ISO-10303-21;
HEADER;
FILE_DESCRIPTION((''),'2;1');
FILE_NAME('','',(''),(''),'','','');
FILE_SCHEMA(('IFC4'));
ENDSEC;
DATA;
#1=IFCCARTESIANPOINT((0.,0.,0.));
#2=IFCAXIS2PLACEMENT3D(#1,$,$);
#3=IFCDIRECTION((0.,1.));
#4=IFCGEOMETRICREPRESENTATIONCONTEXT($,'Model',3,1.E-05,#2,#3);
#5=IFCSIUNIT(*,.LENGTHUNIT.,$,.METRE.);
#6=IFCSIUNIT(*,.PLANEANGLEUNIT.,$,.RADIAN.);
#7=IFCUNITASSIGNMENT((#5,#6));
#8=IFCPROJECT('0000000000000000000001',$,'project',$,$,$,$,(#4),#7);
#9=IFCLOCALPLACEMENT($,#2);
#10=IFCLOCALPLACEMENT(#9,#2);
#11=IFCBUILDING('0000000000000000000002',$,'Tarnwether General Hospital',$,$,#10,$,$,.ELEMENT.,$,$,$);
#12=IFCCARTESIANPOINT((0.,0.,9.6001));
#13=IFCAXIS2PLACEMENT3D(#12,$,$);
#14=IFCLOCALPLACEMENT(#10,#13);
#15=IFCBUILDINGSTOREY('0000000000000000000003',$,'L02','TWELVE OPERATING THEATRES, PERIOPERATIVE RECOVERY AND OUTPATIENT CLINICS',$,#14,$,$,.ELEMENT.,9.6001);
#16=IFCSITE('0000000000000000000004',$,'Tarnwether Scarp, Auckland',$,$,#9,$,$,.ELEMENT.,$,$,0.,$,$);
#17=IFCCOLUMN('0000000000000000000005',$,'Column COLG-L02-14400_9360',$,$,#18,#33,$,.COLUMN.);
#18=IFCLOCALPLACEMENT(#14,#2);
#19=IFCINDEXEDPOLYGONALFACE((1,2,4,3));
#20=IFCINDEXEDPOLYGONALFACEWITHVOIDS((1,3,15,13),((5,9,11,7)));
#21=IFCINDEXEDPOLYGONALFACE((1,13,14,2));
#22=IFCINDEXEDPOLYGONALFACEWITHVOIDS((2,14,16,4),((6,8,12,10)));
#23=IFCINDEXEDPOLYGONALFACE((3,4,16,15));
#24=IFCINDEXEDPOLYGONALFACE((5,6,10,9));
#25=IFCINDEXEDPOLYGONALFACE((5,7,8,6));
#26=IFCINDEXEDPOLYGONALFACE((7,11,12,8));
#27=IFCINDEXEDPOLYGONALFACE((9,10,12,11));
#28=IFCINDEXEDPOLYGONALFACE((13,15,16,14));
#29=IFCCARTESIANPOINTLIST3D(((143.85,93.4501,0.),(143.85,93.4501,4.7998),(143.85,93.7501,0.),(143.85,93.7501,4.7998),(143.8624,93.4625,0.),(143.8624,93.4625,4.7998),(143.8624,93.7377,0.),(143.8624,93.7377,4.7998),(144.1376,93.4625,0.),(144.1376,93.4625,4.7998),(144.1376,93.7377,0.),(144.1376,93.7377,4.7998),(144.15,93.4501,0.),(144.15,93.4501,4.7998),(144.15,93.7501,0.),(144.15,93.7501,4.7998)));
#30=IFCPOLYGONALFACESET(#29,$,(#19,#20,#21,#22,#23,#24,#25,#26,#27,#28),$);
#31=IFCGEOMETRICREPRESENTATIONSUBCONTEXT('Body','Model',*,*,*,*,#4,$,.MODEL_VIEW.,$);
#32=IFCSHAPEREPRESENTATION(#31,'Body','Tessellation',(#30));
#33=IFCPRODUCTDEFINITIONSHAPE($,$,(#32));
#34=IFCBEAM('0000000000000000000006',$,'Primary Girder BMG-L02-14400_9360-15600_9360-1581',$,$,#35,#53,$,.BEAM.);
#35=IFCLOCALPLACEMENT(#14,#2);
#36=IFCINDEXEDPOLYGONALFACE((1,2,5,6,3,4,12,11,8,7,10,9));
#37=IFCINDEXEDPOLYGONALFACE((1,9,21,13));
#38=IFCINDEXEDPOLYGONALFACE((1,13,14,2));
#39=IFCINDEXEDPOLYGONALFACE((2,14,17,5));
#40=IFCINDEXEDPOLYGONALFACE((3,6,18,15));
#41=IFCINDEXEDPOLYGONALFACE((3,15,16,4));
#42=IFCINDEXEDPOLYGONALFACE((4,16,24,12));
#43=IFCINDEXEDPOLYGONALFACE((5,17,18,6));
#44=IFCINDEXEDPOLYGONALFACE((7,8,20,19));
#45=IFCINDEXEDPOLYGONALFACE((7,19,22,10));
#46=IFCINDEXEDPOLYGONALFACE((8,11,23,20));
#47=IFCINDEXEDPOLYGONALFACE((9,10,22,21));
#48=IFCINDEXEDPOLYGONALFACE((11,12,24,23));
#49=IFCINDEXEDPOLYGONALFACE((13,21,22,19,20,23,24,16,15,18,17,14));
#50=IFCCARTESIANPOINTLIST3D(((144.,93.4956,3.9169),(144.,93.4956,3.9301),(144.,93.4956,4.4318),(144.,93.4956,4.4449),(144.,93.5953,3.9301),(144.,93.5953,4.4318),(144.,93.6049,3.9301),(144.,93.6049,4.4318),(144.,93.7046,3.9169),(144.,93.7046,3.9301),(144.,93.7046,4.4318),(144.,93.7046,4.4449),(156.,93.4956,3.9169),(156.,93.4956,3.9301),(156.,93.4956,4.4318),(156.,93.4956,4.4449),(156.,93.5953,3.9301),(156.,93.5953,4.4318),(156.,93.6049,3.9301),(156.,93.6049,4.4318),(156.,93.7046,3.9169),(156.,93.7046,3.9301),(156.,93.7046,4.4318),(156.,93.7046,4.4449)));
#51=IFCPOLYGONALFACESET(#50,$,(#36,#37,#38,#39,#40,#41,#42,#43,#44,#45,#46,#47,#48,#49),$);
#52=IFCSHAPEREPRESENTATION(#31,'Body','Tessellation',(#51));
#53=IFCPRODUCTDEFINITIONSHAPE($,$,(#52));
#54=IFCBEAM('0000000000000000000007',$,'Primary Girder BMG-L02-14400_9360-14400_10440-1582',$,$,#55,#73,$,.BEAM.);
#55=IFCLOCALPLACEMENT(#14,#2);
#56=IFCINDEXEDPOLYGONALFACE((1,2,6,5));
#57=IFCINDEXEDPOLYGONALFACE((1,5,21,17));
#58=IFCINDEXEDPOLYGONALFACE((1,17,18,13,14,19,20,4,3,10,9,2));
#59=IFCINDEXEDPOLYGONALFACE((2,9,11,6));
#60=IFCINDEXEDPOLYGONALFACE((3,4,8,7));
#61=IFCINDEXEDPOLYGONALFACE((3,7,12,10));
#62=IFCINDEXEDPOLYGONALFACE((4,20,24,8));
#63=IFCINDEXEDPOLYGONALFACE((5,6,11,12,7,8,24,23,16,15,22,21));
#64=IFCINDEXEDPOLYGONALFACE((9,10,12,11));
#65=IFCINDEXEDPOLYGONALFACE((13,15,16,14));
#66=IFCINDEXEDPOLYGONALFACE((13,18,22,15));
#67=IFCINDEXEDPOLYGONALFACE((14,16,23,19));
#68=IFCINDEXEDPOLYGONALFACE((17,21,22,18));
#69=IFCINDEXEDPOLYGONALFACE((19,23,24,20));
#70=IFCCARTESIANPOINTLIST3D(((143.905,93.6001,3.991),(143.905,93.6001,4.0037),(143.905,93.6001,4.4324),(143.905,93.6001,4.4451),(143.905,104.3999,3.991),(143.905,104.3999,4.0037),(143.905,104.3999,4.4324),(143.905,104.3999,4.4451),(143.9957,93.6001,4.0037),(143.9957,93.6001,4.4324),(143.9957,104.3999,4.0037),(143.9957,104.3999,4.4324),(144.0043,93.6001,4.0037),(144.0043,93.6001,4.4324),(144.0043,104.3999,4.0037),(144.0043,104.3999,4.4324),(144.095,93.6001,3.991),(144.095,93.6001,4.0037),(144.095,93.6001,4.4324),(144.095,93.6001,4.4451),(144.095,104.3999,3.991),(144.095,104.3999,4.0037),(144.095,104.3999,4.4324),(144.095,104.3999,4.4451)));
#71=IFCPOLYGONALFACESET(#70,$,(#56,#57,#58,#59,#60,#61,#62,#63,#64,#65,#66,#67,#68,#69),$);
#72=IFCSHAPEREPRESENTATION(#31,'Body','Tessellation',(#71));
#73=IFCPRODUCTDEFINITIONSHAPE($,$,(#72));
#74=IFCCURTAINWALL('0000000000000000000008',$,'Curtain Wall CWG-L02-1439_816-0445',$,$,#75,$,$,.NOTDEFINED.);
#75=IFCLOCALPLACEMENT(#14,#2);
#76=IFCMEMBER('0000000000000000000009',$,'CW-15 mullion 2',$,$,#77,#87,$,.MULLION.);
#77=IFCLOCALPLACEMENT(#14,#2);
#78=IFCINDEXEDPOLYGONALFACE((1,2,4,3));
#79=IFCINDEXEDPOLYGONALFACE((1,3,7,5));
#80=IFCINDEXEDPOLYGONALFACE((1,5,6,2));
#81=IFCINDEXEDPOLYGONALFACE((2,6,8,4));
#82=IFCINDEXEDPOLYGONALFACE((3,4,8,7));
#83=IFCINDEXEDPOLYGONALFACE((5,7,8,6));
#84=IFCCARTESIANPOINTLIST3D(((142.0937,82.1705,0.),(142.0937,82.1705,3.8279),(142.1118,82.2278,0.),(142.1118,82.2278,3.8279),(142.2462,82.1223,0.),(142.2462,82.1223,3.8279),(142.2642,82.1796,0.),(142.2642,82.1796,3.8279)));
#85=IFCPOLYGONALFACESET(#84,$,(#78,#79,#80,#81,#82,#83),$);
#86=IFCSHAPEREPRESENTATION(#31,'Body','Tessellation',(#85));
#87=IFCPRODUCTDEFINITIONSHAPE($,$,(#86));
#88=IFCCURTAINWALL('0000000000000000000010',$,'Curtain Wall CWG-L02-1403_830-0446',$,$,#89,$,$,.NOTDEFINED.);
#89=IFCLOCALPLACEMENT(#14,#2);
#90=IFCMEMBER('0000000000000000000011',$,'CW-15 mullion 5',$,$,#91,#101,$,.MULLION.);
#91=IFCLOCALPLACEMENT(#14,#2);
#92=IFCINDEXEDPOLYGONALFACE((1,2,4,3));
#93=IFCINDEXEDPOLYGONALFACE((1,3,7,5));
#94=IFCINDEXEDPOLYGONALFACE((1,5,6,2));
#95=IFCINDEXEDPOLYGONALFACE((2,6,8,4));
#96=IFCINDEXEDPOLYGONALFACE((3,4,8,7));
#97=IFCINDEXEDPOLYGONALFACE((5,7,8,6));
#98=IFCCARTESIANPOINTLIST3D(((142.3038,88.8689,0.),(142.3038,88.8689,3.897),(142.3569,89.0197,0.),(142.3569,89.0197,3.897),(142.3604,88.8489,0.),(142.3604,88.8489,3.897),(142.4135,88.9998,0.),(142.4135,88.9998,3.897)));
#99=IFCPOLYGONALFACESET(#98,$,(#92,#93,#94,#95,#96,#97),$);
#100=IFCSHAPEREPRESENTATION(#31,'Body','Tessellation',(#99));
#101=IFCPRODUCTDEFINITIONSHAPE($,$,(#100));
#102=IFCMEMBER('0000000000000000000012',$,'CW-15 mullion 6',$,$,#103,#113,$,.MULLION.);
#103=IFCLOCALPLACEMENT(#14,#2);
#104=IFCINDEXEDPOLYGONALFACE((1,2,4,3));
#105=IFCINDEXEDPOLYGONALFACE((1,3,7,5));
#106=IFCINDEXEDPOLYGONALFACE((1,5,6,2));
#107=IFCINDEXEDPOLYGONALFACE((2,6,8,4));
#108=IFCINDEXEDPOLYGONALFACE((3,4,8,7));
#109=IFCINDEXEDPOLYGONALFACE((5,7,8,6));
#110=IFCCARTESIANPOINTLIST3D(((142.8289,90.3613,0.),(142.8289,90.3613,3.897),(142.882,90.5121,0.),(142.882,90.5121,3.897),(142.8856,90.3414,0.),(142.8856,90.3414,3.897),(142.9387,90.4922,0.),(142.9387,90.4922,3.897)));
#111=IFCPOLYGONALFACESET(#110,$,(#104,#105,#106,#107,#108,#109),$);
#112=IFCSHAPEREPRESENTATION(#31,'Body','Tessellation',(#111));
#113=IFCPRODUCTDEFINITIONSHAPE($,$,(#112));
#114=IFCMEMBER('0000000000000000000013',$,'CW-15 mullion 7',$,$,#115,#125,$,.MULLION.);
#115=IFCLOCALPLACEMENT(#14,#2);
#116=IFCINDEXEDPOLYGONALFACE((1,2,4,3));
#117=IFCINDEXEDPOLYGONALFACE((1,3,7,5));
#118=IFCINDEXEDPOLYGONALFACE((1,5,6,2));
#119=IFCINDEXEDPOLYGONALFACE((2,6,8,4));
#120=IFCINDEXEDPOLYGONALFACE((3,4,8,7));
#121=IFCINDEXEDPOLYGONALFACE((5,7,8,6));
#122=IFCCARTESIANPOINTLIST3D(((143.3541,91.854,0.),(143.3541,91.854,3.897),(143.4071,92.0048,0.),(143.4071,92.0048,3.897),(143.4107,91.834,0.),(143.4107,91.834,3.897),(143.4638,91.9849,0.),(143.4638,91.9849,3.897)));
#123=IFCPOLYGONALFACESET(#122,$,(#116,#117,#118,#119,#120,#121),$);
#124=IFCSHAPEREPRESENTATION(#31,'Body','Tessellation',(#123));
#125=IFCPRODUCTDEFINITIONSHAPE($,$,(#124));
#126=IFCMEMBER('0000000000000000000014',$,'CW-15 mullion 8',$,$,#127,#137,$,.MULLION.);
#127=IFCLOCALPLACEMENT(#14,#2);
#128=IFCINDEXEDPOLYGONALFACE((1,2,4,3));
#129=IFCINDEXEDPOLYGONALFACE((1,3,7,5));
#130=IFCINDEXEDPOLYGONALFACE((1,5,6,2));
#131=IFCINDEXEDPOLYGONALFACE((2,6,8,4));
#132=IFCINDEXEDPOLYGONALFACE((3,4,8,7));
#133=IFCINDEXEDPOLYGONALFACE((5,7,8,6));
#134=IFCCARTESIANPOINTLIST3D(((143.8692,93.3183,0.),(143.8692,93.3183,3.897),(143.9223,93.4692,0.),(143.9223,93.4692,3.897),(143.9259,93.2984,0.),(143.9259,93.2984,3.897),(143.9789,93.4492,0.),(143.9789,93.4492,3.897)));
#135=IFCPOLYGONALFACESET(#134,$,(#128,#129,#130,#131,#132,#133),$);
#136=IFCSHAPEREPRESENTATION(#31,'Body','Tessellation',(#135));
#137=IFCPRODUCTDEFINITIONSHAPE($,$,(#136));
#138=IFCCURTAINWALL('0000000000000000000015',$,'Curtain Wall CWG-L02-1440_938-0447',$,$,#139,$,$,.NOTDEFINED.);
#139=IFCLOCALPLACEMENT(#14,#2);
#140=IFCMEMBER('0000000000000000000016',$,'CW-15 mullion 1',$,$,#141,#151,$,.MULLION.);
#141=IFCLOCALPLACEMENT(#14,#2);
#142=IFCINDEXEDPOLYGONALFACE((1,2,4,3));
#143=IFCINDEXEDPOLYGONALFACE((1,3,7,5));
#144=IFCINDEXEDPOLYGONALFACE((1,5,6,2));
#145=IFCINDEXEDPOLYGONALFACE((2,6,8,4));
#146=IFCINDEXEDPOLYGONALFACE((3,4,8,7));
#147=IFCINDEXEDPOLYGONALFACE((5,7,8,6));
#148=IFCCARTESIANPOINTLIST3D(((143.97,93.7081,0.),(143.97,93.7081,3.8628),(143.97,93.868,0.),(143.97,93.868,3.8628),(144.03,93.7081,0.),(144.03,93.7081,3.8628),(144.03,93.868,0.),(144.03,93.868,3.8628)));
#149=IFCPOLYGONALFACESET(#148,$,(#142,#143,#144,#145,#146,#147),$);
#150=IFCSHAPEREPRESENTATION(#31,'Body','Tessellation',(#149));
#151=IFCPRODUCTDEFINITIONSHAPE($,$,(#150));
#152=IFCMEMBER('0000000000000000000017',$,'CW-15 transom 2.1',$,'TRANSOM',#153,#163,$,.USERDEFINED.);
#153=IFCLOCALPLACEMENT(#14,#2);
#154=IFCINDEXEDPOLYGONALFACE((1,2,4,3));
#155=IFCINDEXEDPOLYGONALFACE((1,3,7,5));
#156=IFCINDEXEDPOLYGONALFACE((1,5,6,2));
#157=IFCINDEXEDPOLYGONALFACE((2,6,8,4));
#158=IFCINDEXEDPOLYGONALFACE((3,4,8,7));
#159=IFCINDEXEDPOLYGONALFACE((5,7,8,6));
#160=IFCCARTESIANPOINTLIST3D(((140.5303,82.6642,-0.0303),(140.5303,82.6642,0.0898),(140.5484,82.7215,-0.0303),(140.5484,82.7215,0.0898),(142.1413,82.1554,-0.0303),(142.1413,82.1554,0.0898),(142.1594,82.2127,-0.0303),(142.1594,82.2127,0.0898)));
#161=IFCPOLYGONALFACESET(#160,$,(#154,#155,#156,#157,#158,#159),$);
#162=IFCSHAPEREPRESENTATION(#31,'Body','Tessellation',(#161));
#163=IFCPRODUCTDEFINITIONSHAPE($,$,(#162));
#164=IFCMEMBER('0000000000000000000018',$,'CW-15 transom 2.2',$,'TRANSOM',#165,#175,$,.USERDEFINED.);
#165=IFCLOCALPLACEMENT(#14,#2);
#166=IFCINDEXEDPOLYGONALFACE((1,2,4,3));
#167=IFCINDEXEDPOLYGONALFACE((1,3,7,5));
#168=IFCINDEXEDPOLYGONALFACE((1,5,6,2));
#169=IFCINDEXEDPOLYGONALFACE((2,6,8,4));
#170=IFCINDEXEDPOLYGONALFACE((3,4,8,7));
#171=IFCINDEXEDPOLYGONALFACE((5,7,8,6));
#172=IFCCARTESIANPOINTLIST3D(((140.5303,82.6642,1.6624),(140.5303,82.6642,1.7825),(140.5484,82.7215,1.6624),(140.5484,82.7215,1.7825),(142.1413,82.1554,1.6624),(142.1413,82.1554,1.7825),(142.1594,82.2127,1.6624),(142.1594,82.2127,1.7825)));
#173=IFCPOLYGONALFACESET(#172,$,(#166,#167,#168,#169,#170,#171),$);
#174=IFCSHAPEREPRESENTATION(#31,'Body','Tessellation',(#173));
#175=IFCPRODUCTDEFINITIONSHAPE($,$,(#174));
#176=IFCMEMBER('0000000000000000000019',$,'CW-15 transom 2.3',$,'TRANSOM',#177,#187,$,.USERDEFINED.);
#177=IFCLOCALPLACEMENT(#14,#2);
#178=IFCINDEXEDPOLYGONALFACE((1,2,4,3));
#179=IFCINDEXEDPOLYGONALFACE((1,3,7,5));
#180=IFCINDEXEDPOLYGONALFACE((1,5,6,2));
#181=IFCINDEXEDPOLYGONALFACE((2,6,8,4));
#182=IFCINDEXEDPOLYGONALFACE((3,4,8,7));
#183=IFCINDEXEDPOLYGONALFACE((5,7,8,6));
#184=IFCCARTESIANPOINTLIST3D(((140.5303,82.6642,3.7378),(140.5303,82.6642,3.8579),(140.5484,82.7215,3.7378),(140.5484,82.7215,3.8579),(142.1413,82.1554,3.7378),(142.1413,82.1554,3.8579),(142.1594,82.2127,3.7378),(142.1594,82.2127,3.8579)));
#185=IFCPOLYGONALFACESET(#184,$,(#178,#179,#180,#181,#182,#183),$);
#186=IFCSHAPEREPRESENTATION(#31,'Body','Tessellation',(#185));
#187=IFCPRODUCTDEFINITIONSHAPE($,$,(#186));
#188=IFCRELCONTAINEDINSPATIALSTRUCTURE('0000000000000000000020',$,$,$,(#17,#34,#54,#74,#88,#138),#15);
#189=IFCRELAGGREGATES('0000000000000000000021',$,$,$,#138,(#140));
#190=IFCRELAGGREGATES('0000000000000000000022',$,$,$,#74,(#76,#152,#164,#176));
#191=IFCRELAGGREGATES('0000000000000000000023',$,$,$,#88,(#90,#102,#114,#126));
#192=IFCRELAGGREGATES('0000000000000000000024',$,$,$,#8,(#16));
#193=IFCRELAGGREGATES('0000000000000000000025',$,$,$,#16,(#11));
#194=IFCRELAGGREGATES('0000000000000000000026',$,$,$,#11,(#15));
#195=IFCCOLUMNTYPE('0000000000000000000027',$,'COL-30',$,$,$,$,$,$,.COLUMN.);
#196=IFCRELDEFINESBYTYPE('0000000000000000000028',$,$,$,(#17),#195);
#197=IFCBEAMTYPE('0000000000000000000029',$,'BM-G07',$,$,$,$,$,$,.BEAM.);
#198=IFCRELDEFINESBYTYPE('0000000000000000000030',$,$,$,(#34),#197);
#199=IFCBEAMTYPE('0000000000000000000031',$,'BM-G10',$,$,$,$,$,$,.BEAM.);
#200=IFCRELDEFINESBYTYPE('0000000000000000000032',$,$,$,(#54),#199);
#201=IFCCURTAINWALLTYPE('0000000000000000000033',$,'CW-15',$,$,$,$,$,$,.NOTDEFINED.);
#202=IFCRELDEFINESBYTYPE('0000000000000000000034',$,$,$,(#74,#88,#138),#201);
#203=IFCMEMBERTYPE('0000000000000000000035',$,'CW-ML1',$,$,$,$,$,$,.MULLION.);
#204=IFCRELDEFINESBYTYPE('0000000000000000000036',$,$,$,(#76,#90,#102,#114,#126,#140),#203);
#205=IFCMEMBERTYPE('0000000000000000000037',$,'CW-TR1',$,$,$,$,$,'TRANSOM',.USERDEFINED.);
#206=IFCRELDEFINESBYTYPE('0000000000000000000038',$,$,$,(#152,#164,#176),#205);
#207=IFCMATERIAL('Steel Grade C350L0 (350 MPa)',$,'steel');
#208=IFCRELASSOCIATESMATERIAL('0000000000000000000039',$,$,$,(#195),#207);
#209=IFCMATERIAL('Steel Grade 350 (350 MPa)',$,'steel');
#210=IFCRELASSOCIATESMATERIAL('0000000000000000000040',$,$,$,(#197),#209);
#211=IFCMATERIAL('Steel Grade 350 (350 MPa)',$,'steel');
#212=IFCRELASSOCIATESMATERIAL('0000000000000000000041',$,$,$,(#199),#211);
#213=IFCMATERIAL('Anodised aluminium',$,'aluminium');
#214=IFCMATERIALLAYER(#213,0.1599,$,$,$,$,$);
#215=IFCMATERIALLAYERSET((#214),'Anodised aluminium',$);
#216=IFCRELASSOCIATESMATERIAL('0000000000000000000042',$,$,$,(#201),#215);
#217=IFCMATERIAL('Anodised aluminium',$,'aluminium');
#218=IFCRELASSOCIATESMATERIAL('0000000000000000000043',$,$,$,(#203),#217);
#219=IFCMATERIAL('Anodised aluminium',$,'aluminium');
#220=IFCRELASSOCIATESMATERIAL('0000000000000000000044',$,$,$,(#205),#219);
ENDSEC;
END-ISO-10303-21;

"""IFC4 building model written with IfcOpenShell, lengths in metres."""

from ifc_helpers import new_model, si_unit, direction, frame, origin, origin_2d, place, context, subcontext, project, spatial, rectangle, hollow_rectangle, i_section, extrude, material, layer, layer_set, material_profile, profile_set, type_object, element, aggregate, save


model = new_model("IFC4")

# Units and contexts
model_context = context("Model", 3, precision=1e-05, world=origin(), true_north=direction((0.0, 1.0)))
body_context = subcontext(model_context, "Body", "Model", "MODEL_VIEW")
ifc_project = project(units=[si_unit("LENGTHUNIT", "METRE"), si_unit("PLANEANGLEUNIT", "RADIAN")], contexts=[model_context])

# Site, building, storey
site_placement = place(None, origin())
site = spatial("IfcSite", under=ifc_project, at=site_placement, Name="Tarnwether Scarp, Auckland", CompositionType="ELEMENT", RefElevation=0.0)
building_placement = place(site_placement, origin())
building = spatial("IfcBuilding", under=site, at=building_placement, Name="Tarnwether General Hospital", CompositionType="ELEMENT")
storey_placement = place(building_placement, frame((0.0, 0.0, 9.6001)))
storey = spatial("IfcBuildingStorey", under=building, at=storey_placement, Name="L02", Description="TWELVE OPERATING THEATRES, PERIOPERATIVE RECOVERY AND OUTPATIENT CLINICS", CompositionType="ELEMENT", Elevation=9.6001)

# Column
ifc_material_1 = material(Name="Steel Grade C350L0 (350 MPa)", Category="steel")
ifc_material_profile_1 = material_profile(ifc_material_1, hollow_rectangle(XDim=0.3, YDim=0.3, WallThickness=0.0125, at=origin_2d()), Name="SHS300x300x12.5")
ifc_profile_set_1 = profile_set([ifc_material_profile_1], Name="Steel Grade C350L0 (350 MPa)")
column_type = type_object("IfcColumnType", Name="COL-30", PredefinedType="COLUMN", material=ifc_profile_set_1)
column_placement = place(storey_placement, frame((144.0, 93.6001, 0.0), z_axis=(0.0, 0.0, 1.0), x_axis=(1.0, 0.0, 0.0)))
element("IfcColumn", 1, at=column_placement, inside=storey, type_object=column_type, Name="Column COLG-L02-14400_9360", PredefinedType="COLUMN", context=body_context, shape_type="SweptSolid", body=[
    extrude(hollow_rectangle(XDim=0.3, YDim=0.3, WallThickness=0.0125, at=origin_2d()), origin(), (0.0, 0.0, 1.0), 4.7998),
])

# Beams
ifc_material_2 = material(Name="Steel Grade 350 (350 MPa)", Category="steel")
ifc_material_profile_2 = material_profile(ifc_material_2, i_section(OverallWidth=0.209, OverallDepth=0.5281, WebThickness=0.0095, FlangeThickness=0.0132, at=origin_2d()), Name="530UB82.0")
ifc_profile_set_2 = profile_set([ifc_material_profile_2], Name="Steel Grade 350 (350 MPa)")
beam_type_1 = type_object("IfcBeamType", Name="BM-G07", PredefinedType="BEAM", material=ifc_profile_set_2)
beam_1_placement = place(storey_placement, frame((144.0, 93.6001, 4.1809), z_axis=(1.0, 0.0, 0.0), x_axis=(0.0, 1.0, 0.0)))
element("IfcBeam", 2, at=beam_1_placement, inside=storey, type_object=beam_type_1, Name="Primary Girder BMG-L02-14400_9360-15600_9360-1581", PredefinedType="BEAM", context=body_context, shape_type="SweptSolid", body=[
    extrude(i_section(OverallWidth=0.209, OverallDepth=0.5281, WebThickness=0.0095, FlangeThickness=0.0132, at=origin_2d()), origin(), (0.0, 0.0, 1.0), 12.0),
])
ifc_material_3 = material(Name="Steel Grade 350 (350 MPa)", Category="steel")
ifc_material_profile_3 = material_profile(ifc_material_3, i_section(OverallWidth=0.1899, OverallDepth=0.4541, WebThickness=0.0085, FlangeThickness=0.0127, at=origin_2d()), Name="460UB67.1")
ifc_profile_set_3 = profile_set([ifc_material_profile_3], Name="Steel Grade 350 (350 MPa)")
beam_type_2 = type_object("IfcBeamType", Name="BM-G10", PredefinedType="BEAM", material=ifc_profile_set_3)
beam_2_placement = place(storey_placement, frame((144.0, 93.6001, 4.218), z_axis=(0.0, 1.0, 0.0), x_axis=(-1.0, 0.0, 0.0)))
element("IfcBeam", 3, at=beam_2_placement, inside=storey, type_object=beam_type_2, Name="Primary Girder BMG-L02-14400_9360-14400_10440-1582", PredefinedType="BEAM", context=body_context, shape_type="SweptSolid", body=[
    extrude(i_section(OverallWidth=0.1899, OverallDepth=0.4541, WebThickness=0.0085, FlangeThickness=0.0127, at=origin_2d()), origin(), (0.0, 0.0, 1.0), 10.7998),
])

# Curtain wall, member
ifc_material_4 = material(Name="Anodised aluminium", Category="aluminium")
ifc_layer_1 = layer(ifc_material_4, 0.1599)
ifc_layer_set_1 = layer_set([ifc_layer_1], Name="Anodised aluminium")
curtain_wall_type = type_object("IfcCurtainWallType", Name="CW-15", PredefinedType="NOTDEFINED", material=ifc_layer_set_1)
curtain_wall_1_placement = place(storey_placement, origin())
curtain_wall_1 = element("IfcCurtainWall", 4, at=curtain_wall_1_placement, inside=storey, type_object=curtain_wall_type, Name="Curtain Wall CWG-L02-1439_816-0445", PredefinedType="NOTDEFINED")
ifc_material_5 = material(Name="Anodised aluminium", Category="aluminium")
ifc_material_profile_4 = material_profile(ifc_material_5, rectangle(XDim=0.0601, YDim=0.1599, at=origin_2d()), Name="ALU-MUL-60x160")
ifc_profile_set_4 = profile_set([ifc_material_profile_4], Name="Anodised aluminium")
member_type_1 = type_object("IfcMemberType", Name="CW-ML1", PredefinedType="MULLION", material=ifc_profile_set_4)
member_1_placement = place(storey_placement, frame((142.179, 82.175, 0.0), z_axis=(0.0, 0.0, 1.0), x_axis=(-0.301185, -0.953566, 0.0)))
member_1 = element("IfcMember", 5, at=member_1_placement, type_object=member_type_1, Name="CW-15 mullion 2", PredefinedType="MULLION", context=body_context, shape_type="SweptSolid", body=[
    extrude(rectangle(XDim=0.0601, YDim=0.1599, at=origin_2d()), origin(), (0.0, 0.0, 1.0), 3.8279),
])

# Curtain wall, members
curtain_wall_2_placement = place(storey_placement, origin())
curtain_wall_2 = element("IfcCurtainWall", 6, at=curtain_wall_2_placement, inside=storey, type_object=curtain_wall_type, Name="Curtain Wall CWG-L02-1403_830-0446", PredefinedType="NOTDEFINED")
member_2_placement = place(storey_placement, frame((142.3586, 88.9343, 0.0), z_axis=(0.0, 0.0, 1.0), x_axis=(-0.943317, 0.331894, 0.0)))
member_2 = element("IfcMember", 7, at=member_2_placement, type_object=member_type_1, Name="CW-15 mullion 5", PredefinedType="MULLION", context=body_context, shape_type="SweptSolid", body=[
    extrude(rectangle(XDim=0.0601, YDim=0.1599, at=origin_2d()), origin(), (0.0, 0.0, 1.0), 3.897),
])
member_3_placement = place(storey_placement, frame((142.8838, 90.4268, 0.0), z_axis=(0.0, 0.0, 1.0), x_axis=(-0.943317, 0.331894, 0.0)))
member_3 = element("IfcMember", 8, at=member_3_placement, type_object=member_type_1, Name="CW-15 mullion 6", PredefinedType="MULLION", context=body_context, shape_type="SweptSolid", body=[
    extrude(rectangle(XDim=0.0601, YDim=0.1599, at=origin_2d()), origin(), (0.0, 0.0, 1.0), 3.897),
])
member_4_placement = place(storey_placement, frame((143.4089, 91.9194, 0.0), z_axis=(0.0, 0.0, 1.0), x_axis=(-0.943317, 0.331894, 0.0)))
member_4 = element("IfcMember", 9, at=member_4_placement, type_object=member_type_1, Name="CW-15 mullion 7", PredefinedType="MULLION", context=body_context, shape_type="SweptSolid", body=[
    extrude(rectangle(XDim=0.0601, YDim=0.1599, at=origin_2d()), origin(), (0.0, 0.0, 1.0), 3.897),
])
member_5_placement = place(storey_placement, frame((143.9241, 93.3838, 0.0), z_axis=(0.0, 0.0, 1.0), x_axis=(-0.943317, 0.331894, 0.0)))
member_5 = element("IfcMember", 10, at=member_5_placement, type_object=member_type_1, Name="CW-15 mullion 8", PredefinedType="MULLION", context=body_context, shape_type="SweptSolid", body=[
    extrude(rectangle(XDim=0.0601, YDim=0.1599, at=origin_2d()), origin(), (0.0, 0.0, 1.0), 3.897),
])

# Curtain wall, member
curtain_wall_3_placement = place(storey_placement, origin())
curtain_wall_3 = element("IfcCurtainWall", 11, at=curtain_wall_3_placement, inside=storey, type_object=curtain_wall_type, Name="Curtain Wall CWG-L02-1440_938-0447", PredefinedType="NOTDEFINED")
member_6_placement = place(storey_placement, frame((144.0, 93.7881, 0.0), z_axis=(0.0, 0.0, 1.0), x_axis=(-1.0, 0.0, 0.0)))
member_6 = element("IfcMember", 12, at=member_6_placement, type_object=member_type_1, Name="CW-15 mullion 1", PredefinedType="MULLION", context=body_context, shape_type="SweptSolid", body=[
    extrude(rectangle(XDim=0.0601, YDim=0.1599, at=origin_2d()), origin(), (0.0, 0.0, 1.0), 3.8628),
])

# Members
ifc_material_6 = material(Name="Anodised aluminium", Category="aluminium")
ifc_material_profile_5 = material_profile(ifc_material_6, rectangle(XDim=0.0601, YDim=0.1201, at=origin_2d()), Name="ALU-TRN-60x120")
ifc_profile_set_5 = profile_set([ifc_material_profile_5], Name="Anodised aluminium")
member_type_2 = type_object("IfcMemberType", Name="CW-TR1", ElementType="TRANSOM", PredefinedType="USERDEFINED", material=ifc_profile_set_5)
member_7_placement = place(storey_placement, frame((142.1504, 82.1841, 0.0298), z_axis=(-0.953578, 0.301145, 0.0), x_axis=(-0.301145, -0.953578, 0.0)))
member_7 = element("IfcMember", 13, at=member_7_placement, type_object=member_type_2, Name="CW-15 transom 2.1", ObjectType="TRANSOM", PredefinedType="USERDEFINED", context=body_context, shape_type="SweptSolid", body=[
    extrude(rectangle(XDim=0.0601, YDim=0.1201, at=origin_2d()), origin(), (0.0, 0.0, 1.0), 1.6895),
])
member_8_placement = place(storey_placement, frame((142.1504, 82.1841, 1.7224), z_axis=(-0.953578, 0.301145, 0.0), x_axis=(-0.301145, -0.953578, 0.0)))
member_8 = element("IfcMember", 14, at=member_8_placement, type_object=member_type_2, Name="CW-15 transom 2.2", ObjectType="TRANSOM", PredefinedType="USERDEFINED", context=body_context, shape_type="SweptSolid", body=[
    extrude(rectangle(XDim=0.0601, YDim=0.1201, at=origin_2d()), origin(), (0.0, 0.0, 1.0), 1.6895),
])
member_9_placement = place(storey_placement, frame((142.1504, 82.1841, 3.7979), z_axis=(-0.953578, 0.301145, 0.0), x_axis=(-0.301145, -0.953578, 0.0)))
member_9 = element("IfcMember", 15, at=member_9_placement, type_object=member_type_2, Name="CW-15 transom 2.3", ObjectType="TRANSOM", PredefinedType="USERDEFINED", context=body_context, shape_type="SweptSolid", body=[
    extrude(rectangle(XDim=0.0601, YDim=0.1201, at=origin_2d()), origin(), (0.0, 0.0, 1.0), 1.6895),
])
aggregate(curtain_wall_3, [member_6])

aggregate(curtain_wall_1, [member_1, member_7, member_8, member_9])
aggregate(curtain_wall_2, [member_2, member_3, member_4, member_5])

save(model, "model.ifc")
